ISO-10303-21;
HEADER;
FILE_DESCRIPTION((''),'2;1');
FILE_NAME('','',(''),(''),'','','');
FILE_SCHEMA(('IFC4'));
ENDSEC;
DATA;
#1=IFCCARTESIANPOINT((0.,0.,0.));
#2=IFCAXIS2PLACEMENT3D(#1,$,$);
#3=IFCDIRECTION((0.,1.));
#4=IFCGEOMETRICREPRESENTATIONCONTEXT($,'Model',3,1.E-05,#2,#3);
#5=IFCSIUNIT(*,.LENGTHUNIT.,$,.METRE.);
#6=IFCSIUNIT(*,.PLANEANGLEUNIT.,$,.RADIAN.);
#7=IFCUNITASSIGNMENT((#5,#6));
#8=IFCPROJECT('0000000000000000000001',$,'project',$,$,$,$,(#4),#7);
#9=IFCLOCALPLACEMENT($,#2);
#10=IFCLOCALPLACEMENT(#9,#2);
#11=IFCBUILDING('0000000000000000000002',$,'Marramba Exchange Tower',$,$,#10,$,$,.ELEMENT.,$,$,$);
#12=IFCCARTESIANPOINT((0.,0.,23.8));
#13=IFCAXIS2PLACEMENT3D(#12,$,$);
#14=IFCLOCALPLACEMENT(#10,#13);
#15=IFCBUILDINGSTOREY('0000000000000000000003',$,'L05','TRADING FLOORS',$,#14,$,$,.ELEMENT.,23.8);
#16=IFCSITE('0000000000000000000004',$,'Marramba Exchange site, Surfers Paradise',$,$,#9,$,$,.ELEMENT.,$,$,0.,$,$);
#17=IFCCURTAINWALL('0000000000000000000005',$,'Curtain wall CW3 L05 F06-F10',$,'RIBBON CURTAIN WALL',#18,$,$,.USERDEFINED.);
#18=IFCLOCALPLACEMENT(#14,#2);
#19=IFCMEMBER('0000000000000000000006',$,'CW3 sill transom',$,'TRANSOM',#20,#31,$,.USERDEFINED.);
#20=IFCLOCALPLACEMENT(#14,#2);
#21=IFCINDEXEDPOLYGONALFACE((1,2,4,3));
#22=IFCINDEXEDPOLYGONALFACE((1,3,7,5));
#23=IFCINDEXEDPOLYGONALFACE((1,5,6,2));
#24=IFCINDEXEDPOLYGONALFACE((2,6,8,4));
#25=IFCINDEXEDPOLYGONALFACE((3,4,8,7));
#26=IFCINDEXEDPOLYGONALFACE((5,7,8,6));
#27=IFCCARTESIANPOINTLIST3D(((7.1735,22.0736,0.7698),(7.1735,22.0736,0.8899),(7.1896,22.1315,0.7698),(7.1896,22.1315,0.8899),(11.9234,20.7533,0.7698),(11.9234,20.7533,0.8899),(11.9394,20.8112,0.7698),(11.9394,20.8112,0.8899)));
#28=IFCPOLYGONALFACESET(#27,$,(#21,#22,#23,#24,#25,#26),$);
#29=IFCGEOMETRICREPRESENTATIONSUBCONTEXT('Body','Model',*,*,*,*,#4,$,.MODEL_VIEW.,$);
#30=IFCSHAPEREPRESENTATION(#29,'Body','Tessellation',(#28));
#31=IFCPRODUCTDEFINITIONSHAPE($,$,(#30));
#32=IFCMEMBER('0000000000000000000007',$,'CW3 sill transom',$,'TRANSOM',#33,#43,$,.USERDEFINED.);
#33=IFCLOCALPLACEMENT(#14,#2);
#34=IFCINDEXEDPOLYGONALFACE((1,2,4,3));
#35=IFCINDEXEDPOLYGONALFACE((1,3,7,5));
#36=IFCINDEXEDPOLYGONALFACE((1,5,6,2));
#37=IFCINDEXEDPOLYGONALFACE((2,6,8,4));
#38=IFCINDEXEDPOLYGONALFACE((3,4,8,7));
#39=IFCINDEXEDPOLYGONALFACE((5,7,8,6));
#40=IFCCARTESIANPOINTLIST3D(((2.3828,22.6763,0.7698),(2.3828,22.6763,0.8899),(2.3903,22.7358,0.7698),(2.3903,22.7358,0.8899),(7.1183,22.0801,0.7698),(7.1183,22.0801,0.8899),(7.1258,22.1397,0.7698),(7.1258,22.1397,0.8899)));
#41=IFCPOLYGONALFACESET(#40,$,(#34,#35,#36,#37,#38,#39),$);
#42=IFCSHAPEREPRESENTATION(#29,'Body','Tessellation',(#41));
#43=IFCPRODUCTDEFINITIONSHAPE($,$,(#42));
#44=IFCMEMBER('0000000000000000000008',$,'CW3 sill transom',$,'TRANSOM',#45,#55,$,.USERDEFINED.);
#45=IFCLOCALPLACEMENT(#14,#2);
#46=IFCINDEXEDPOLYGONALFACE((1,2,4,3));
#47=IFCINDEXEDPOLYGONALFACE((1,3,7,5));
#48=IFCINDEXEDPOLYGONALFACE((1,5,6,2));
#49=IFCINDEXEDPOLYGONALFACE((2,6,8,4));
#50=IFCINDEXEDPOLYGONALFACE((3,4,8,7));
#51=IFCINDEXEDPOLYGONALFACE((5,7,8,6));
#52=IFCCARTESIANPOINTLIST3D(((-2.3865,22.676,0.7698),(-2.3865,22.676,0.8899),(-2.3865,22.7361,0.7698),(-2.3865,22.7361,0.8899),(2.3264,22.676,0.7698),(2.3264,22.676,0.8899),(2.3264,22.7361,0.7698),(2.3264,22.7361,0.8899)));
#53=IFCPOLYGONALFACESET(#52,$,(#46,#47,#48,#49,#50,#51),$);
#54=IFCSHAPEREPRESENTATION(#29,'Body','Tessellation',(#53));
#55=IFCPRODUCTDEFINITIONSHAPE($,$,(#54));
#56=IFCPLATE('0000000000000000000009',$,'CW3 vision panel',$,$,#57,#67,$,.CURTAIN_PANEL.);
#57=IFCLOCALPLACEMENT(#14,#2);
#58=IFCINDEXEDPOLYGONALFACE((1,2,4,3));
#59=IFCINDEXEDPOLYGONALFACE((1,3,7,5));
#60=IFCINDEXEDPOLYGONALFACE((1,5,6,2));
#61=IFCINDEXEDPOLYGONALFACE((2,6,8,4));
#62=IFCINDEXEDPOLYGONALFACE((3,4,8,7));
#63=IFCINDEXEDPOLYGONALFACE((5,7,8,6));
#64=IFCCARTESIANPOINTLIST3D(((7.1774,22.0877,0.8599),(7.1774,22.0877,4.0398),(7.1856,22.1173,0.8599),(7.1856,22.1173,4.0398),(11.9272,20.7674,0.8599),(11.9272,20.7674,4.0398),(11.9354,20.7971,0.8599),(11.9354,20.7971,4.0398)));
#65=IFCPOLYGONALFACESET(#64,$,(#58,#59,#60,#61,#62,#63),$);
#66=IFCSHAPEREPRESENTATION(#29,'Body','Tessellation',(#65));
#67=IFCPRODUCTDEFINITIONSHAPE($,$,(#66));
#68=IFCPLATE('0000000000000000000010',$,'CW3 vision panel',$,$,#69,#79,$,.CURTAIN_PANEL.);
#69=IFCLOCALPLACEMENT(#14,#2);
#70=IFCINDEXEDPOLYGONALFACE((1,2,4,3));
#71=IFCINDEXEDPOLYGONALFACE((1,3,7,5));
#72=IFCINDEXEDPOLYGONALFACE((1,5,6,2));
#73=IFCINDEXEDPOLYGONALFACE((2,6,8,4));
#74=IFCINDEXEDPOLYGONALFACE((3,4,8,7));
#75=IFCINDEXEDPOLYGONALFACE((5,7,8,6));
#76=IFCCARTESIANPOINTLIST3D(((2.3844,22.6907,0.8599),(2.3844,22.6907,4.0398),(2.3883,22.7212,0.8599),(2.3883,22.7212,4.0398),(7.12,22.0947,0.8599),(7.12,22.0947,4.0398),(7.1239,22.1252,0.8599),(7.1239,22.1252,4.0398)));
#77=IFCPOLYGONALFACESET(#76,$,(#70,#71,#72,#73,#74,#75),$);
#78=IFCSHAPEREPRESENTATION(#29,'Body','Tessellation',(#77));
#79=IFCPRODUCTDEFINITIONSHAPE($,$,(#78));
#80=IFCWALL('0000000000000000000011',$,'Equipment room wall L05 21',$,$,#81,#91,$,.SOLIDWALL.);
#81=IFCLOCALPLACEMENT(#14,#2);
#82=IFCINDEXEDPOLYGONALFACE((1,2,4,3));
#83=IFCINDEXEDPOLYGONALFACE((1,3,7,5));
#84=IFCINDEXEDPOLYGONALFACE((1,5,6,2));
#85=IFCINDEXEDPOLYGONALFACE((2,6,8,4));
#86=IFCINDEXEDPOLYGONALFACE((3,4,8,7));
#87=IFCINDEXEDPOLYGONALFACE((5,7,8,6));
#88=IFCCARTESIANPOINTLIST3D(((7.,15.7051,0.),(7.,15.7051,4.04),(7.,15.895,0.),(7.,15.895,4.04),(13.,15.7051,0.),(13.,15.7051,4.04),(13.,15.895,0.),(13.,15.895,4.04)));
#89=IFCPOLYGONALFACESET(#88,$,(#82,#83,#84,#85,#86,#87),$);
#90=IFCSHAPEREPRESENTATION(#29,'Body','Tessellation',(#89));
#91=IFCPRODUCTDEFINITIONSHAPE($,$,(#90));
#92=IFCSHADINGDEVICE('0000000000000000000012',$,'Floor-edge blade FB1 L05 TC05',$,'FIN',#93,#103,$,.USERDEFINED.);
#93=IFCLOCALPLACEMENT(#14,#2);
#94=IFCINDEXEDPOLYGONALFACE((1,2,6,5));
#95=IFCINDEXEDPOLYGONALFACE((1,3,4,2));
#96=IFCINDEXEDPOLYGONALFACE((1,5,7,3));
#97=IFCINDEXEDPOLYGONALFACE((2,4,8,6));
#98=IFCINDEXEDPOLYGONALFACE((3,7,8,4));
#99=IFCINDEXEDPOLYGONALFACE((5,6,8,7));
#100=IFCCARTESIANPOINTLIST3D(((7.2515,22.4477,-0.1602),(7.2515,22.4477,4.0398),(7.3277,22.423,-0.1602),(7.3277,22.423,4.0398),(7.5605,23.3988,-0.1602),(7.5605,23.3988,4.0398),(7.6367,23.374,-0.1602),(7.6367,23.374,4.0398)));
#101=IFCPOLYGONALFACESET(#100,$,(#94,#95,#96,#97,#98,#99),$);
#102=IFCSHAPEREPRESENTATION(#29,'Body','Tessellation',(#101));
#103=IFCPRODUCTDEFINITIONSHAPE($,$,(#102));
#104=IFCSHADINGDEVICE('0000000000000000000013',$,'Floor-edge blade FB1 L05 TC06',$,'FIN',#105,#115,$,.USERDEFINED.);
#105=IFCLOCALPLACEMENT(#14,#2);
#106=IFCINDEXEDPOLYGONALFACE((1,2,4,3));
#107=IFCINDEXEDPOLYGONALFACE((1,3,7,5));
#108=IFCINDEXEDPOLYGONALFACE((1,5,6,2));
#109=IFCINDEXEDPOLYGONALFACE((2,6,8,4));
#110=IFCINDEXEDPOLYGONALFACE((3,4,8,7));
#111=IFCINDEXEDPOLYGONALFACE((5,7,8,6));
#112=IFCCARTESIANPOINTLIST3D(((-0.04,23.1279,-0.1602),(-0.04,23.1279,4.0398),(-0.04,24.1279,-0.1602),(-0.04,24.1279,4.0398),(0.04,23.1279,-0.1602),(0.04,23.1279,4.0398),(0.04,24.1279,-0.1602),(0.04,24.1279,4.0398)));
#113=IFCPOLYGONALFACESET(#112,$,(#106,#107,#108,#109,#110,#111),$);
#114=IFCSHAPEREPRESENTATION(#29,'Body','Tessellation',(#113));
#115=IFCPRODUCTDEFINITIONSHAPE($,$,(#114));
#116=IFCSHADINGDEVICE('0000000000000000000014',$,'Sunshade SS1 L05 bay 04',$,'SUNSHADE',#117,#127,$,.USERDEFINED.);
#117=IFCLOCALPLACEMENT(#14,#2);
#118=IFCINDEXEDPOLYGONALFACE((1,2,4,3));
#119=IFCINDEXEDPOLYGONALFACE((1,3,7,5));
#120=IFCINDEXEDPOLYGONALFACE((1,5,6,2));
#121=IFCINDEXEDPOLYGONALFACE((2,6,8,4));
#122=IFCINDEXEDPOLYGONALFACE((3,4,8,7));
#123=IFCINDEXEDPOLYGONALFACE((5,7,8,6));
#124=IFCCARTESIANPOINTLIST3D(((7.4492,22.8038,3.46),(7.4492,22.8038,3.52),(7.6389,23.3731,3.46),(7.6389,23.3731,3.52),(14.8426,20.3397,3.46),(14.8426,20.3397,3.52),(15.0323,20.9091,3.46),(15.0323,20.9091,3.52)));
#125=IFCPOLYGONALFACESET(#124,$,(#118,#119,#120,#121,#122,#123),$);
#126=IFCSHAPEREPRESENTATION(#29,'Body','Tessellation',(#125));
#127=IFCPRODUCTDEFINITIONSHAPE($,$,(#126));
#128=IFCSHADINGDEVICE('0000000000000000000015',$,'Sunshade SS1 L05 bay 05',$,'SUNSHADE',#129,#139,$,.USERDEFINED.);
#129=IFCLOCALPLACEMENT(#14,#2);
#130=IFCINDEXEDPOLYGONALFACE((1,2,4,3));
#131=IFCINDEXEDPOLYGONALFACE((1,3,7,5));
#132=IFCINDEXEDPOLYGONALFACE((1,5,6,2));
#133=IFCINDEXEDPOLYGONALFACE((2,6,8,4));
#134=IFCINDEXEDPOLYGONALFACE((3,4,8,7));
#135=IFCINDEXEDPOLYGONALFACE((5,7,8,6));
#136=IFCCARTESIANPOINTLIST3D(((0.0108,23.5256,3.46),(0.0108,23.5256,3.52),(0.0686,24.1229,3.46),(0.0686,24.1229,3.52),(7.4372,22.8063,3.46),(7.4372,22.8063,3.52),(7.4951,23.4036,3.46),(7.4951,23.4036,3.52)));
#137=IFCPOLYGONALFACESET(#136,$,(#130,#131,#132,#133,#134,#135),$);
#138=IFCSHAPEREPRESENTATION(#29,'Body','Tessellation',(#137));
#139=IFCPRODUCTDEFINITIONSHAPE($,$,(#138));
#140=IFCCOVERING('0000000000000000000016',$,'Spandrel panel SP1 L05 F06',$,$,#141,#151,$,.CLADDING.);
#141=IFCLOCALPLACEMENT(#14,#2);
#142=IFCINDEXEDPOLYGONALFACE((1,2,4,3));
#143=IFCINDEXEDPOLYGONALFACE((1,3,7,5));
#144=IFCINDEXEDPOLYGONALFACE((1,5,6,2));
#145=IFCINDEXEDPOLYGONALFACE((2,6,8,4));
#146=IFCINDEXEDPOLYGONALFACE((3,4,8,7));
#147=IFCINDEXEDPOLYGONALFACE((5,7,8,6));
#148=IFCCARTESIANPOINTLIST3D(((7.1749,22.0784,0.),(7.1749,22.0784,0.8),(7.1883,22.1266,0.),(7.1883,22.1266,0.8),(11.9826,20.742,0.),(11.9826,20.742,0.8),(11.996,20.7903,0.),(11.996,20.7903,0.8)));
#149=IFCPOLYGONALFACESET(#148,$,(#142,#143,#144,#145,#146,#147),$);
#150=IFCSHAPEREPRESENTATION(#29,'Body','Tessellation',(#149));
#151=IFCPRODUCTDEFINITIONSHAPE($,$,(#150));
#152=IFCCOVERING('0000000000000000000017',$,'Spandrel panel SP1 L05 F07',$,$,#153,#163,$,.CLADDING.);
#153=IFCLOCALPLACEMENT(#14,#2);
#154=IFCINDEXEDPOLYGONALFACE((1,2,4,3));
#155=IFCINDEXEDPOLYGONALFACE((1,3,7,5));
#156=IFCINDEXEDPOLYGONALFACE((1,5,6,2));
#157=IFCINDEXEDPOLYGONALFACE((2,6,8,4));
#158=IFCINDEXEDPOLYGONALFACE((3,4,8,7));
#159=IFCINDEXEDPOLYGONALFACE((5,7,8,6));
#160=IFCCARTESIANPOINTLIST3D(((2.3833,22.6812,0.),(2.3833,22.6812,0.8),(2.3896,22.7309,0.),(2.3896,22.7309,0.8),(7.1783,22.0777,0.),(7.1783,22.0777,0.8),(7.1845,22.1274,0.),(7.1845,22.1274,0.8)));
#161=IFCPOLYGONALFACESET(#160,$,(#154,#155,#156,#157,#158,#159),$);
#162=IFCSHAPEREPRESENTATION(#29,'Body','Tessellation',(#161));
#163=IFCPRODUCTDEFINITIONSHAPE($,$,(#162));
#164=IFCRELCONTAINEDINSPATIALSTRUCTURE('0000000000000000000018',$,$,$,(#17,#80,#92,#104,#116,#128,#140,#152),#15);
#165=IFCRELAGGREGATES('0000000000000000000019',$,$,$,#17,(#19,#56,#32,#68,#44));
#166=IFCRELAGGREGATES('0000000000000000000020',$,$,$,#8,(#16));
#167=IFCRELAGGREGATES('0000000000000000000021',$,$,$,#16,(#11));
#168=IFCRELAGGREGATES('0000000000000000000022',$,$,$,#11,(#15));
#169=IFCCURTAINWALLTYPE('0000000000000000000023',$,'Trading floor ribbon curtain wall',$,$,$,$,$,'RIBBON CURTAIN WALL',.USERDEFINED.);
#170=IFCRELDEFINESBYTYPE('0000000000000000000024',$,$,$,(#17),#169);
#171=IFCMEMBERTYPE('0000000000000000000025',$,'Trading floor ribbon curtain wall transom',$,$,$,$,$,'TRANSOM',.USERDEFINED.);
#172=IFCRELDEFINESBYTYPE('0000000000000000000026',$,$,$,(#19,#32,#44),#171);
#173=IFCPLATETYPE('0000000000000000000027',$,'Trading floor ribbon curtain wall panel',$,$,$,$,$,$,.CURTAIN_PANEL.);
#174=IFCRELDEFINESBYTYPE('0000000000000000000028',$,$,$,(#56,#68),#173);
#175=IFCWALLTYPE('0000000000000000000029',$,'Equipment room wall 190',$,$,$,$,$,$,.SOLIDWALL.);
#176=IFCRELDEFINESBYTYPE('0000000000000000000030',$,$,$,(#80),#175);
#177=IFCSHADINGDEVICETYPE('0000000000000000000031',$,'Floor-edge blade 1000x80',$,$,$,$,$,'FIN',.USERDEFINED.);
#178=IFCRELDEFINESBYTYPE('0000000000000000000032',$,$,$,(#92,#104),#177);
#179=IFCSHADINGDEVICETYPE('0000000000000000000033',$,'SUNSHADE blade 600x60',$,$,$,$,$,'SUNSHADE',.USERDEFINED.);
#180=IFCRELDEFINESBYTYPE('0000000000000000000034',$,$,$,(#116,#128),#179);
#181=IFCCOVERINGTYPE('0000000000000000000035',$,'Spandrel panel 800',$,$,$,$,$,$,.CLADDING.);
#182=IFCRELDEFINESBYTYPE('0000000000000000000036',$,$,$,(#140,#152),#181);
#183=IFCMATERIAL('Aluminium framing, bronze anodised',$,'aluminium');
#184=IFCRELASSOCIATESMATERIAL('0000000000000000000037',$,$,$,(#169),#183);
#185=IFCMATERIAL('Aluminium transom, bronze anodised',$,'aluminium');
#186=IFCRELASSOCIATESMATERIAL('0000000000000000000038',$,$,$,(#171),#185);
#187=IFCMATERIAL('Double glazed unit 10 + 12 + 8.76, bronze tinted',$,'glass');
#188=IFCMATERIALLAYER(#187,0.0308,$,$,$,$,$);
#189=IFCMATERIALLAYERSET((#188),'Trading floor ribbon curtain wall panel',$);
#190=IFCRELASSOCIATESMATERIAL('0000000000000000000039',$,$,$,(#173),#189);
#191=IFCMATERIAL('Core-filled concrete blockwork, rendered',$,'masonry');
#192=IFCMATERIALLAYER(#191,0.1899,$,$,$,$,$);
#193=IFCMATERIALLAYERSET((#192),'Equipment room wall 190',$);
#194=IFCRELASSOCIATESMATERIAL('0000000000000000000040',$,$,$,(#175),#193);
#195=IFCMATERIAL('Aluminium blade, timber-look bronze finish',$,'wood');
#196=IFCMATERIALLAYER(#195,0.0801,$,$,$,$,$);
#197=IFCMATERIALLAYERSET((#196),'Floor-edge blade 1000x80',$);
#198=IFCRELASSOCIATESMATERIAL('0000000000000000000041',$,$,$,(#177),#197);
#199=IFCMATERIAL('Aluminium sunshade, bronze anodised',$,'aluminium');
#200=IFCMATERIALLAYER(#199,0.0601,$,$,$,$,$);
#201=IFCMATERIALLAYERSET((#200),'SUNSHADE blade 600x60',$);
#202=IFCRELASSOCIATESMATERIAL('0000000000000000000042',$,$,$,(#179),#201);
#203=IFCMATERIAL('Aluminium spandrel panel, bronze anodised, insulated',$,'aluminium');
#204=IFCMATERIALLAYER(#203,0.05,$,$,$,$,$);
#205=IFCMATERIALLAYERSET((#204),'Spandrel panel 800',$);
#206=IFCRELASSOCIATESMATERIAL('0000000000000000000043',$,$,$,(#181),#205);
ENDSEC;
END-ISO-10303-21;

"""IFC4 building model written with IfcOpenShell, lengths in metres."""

from ifc_helpers import new_model, si_unit, direction, frame, frame_2d, origin, origin_2d, place, context, subcontext, project, spatial, rectangle, extrude, material, layer, layer_set, material_profile, profile_set, type_object, element, aggregate, save


model = new_model("IFC4")

# Units and contexts
model_context = context("Model", 3, precision=1e-05, world=origin(), true_north=direction((0.0, 1.0)))
body_context = subcontext(model_context, "Body", "Model", "MODEL_VIEW")
ifc_project = project(units=[si_unit("LENGTHUNIT", "METRE"), si_unit("PLANEANGLEUNIT", "RADIAN")], contexts=[model_context])

# Site, building, storey
site_placement = place(None, origin())
site = spatial("IfcSite", under=ifc_project, at=site_placement, Name="Marramba Exchange site, Surfers Paradise", CompositionType="ELEMENT", RefElevation=0.0)
building_placement = place(site_placement, origin())
building = spatial("IfcBuilding", under=site, at=building_placement, Name="Marramba Exchange Tower", CompositionType="ELEMENT")
storey_placement = place(building_placement, frame((0.0, 0.0, 23.8)))
storey = spatial("IfcBuildingStorey", under=building, at=storey_placement, Name="L05", Description="TRADING FLOORS", CompositionType="ELEMENT", Elevation=23.8)

# Curtain wall, members, plates
ifc_material_1 = material(Name="Aluminium framing, bronze anodised", Category="aluminium")
curtain_wall_type = type_object("IfcCurtainWallType", Name="Trading floor ribbon curtain wall", ElementType="RIBBON CURTAIN WALL", PredefinedType="USERDEFINED", material=ifc_material_1)
curtain_wall_placement = place(storey_placement, origin())
curtain_wall = element("IfcCurtainWall", 1, at=curtain_wall_placement, inside=storey, type_object=curtain_wall_type, Name="Curtain wall CW3 L05 F06-F10", ObjectType="RIBBON CURTAIN WALL", PredefinedType="USERDEFINED")
ifc_material_2 = material(Name="Aluminium transom, bronze anodised", Category="aluminium")
ifc_material_profile_1 = material_profile(ifc_material_2, rectangle(XDim=0.0601, YDim=0.1201, at=origin_2d()), Name="CW3 transom 60x120")
ifc_profile_set_1 = profile_set([ifc_material_profile_1], Name="Aluminium transom, bronze anodised")
member_type_1 = type_object("IfcMemberType", Name="Trading floor ribbon curtain wall transom", ElementType="TRANSOM", PredefinedType="USERDEFINED", material=ifc_profile_set_1)
member_1_placement = place(storey_placement, frame((11.9314, 20.7822, 0.8298), z_axis=(-0.963469, 0.26782, 0.0), x_axis=(-0.26782, -0.963469, 0.0)))
member_1 = element("IfcMember", 2, at=member_1_placement, type_object=member_type_1, Name="CW3 sill transom", ObjectType="TRANSOM", PredefinedType="USERDEFINED", context=body_context, shape_type="SweptSolid", body=[
    extrude(rectangle(XDim=0.0601, YDim=0.1201, at=origin_2d()), origin(), (0.0, 0.0, 1.0), 4.9299),
])
member_2_placement = place(storey_placement, frame((7.1221, 22.1099, 0.8298), z_axis=(-0.992168, 0.12491, 0.0), x_axis=(-0.12491, -0.992168, 0.0)))
member_2 = element("IfcMember", 3, at=member_2_placement, type_object=member_type_1, Name="CW3 sill transom", ObjectType="TRANSOM", PredefinedType="USERDEFINED", context=body_context, shape_type="SweptSolid", body=[
    extrude(rectangle(XDim=0.0601, YDim=0.1201, at=origin_2d()), origin(), (0.0, 0.0, 1.0), 4.7729),
])
member_3_placement = place(storey_placement, frame((2.3264, 22.7061, 0.8298), z_axis=(-1.0, 0.0, 0.0), x_axis=(0.0, -1.0, 0.0)))
member_3 = element("IfcMember", 4, at=member_3_placement, type_object=member_type_1, Name="CW3 sill transom", ObjectType="TRANSOM", PredefinedType="USERDEFINED", context=body_context, shape_type="SweptSolid", body=[
    extrude(rectangle(XDim=0.0601, YDim=0.1201, at=origin_2d()), origin(), (0.0, 0.0, 1.0), 4.7129),
])
ifc_material_3 = material(Name="Double glazed unit 10 + 12 + 8.76, bronze tinted", Category="glass")
ifc_layer_1 = layer(ifc_material_3, 0.0308)
ifc_layer_set_1 = layer_set([ifc_layer_1], Name="Trading floor ribbon curtain wall panel")
plate_type = type_object("IfcPlateType", Name="Trading floor ribbon curtain wall panel", PredefinedType="CURTAIN_PANEL", material=ifc_layer_set_1)
plate_1_placement = place(storey_placement, frame((9.5564, 21.4424, 0.8599), z_axis=(0.0, 0.0, 1.0), x_axis=(-0.963472, 0.267809, 0.0)))
plate_1 = element("IfcPlate", 5, at=plate_1_placement, type_object=plate_type, Name="CW3 vision panel", PredefinedType="CURTAIN_PANEL", context=body_context, shape_type="SweptSolid", body=[
    extrude(rectangle(XDim=4.9299, YDim=0.0308, at=origin_2d()), origin(), (0.0, 0.0, 1.0), 3.1799),
])
plate_2_placement = place(storey_placement, frame((4.7542, 22.408, 0.8599), z_axis=(0.0, 0.0, 1.0), x_axis=(-0.992173, 0.124873, 0.0)))
plate_2 = element("IfcPlate", 6, at=plate_2_placement, type_object=plate_type, Name="CW3 vision panel", PredefinedType="CURTAIN_PANEL", context=body_context, shape_type="SweptSolid", body=[
    extrude(rectangle(XDim=4.7729, YDim=0.0308, at=origin_2d()), origin(), (0.0, 0.0, 1.0), 3.1799),
])
aggregate(curtain_wall, [member_1, plate_1, member_2, plate_2, member_3])

# Wall
ifc_material_4 = material(Name="Core-filled concrete blockwork, rendered", Category="masonry")
ifc_layer_2 = layer(ifc_material_4, 0.1899)
ifc_layer_set_2 = layer_set([ifc_layer_2], Name="Equipment room wall 190")
wall_type = type_object("IfcWallType", Name="Equipment room wall 190", PredefinedType="SOLIDWALL", material=ifc_layer_set_2)
wall_placement = place(storey_placement, frame((7.0, 15.8, 0.0), z_axis=(0.0, 0.0, 1.0), x_axis=(1.0, 0.0, 0.0)))
element("IfcWall", 7, at=wall_placement, inside=storey, type_object=wall_type, Name="Equipment room wall L05 21", PredefinedType="SOLIDWALL", context=body_context, shape_type="SweptSolid", body=[
    extrude(rectangle(XDim=6.0, YDim=0.1899, at=frame_2d((3.0, 0.0))), origin(), (0.0, 0.0, 1.0), 4.04),
])

# Shading devices
ifc_material_5 = material(Name="Aluminium blade, timber-look bronze finish", Category="wood")
ifc_layer_3 = layer(ifc_material_5, 0.0801)
ifc_layer_set_3 = layer_set([ifc_layer_3], Name="Floor-edge blade 1000x80")
shading_device_type_1 = type_object("IfcShadingDeviceType", Name="Floor-edge blade 1000x80", ElementType="FIN", PredefinedType="USERDEFINED", material=ifc_layer_set_3)
for number, where, z_axis, x_axis, name in (
    (8, (7.4441, 22.9109, -0.1602), (0.0, 0.0, 1.0), (0.309017, 0.951057, 0.0), "Floor-edge blade FB1 L05 TC05"),
    (9, (0.0, 23.6279, -0.1602), (0.0, 0.0, 1.0), (0.0, 1.0, 0.0), "Floor-edge blade FB1 L05 TC06"),
):
    element("IfcShadingDevice", number, at=place(storey_placement, frame(where, z_axis=z_axis, x_axis=x_axis)), inside=storey, type_object=shading_device_type_1, Name=name, ObjectType="FIN", PredefinedType="USERDEFINED", context=body_context, shape_type="SweptSolid", body=[
        extrude(rectangle(XDim=1.0, YDim=0.0801, at=origin_2d()), origin(), (0.0, 0.0, 1.0), 4.2),
    ])
ifc_material_6 = material(Name="Aluminium sunshade, bronze anodised", Category="aluminium")
ifc_layer_4 = layer(ifc_material_6, 0.0601)
ifc_layer_set_4 = layer_set([ifc_layer_4], Name="SUNSHADE blade 600x60")
shading_device_type_2 = type_object("IfcShadingDeviceType", Name="SUNSHADE blade 600x60", ElementType="SUNSHADE", PredefinedType="USERDEFINED", material=ifc_layer_set_4)
shading_device_1_placement = place(storey_placement, frame((11.2407, 21.8564, 3.46), z_axis=(0.0, 0.0, 1.0), x_axis=(-0.948698, 0.316184, 0.0)))
element("IfcShadingDevice", 10, at=shading_device_1_placement, inside=storey, type_object=shading_device_type_2, Name="Sunshade SS1 L05 bay 04", ObjectType="SUNSHADE", PredefinedType="USERDEFINED", context=body_context, shape_type="SweptSolid", body=[
    extrude(rectangle(XDim=7.7932, YDim=0.6001, at=origin_2d()), origin(), (0.0, 0.0, 1.0), 0.0601),
])
shading_device_2_placement = place(storey_placement, frame((3.7529, 23.4646, 3.46), z_axis=(0.0, 0.0, 1.0), x_axis=(-0.995343, 0.096398, 0.0)))
element("IfcShadingDevice", 11, at=shading_device_2_placement, inside=storey, type_object=shading_device_type_2, Name="Sunshade SS1 L05 bay 05", ObjectType="SUNSHADE", PredefinedType="USERDEFINED", context=body_context, shape_type="SweptSolid", body=[
    extrude(rectangle(XDim=7.4612, YDim=0.6001, at=origin_2d()), origin(), (0.0, 0.0, 1.0), 0.0601),
])

# Coverings
ifc_material_7 = material(Name="Aluminium spandrel panel, bronze anodised, insulated", Category="aluminium")
ifc_layer_5 = layer(ifc_material_7, 0.05)
ifc_layer_set_5 = layer_set([ifc_layer_5], Name="Spandrel panel 800")
covering_type = type_object("IfcCoveringType", Name="Spandrel panel 800", PredefinedType="CLADDING", material=ifc_layer_set_5)
covering_1_placement = place(storey_placement, frame((9.5854, 21.4343, 0.0), z_axis=(0.0, 0.0, 1.0), x_axis=(-0.963472, 0.267809, 0.0)))
element("IfcCovering", 12, at=covering_1_placement, inside=storey, type_object=covering_type, Name="Spandrel panel SP1 L05 F06", PredefinedType="CLADDING", context=body_context, shape_type="SweptSolid", body=[
    extrude(rectangle(XDim=4.99, YDim=0.05, at=origin_2d()), origin(), (0.0, 0.0, 1.0), 0.8),
])
covering_2_placement = place(storey_placement, frame((4.7839, 22.4043, 0.0), z_axis=(0.0, 0.0, 1.0), x_axis=(-0.992173, 0.124873, 0.0)))
element("IfcCovering", 13, at=covering_2_placement, inside=storey, type_object=covering_type, Name="Spandrel panel SP1 L05 F07", PredefinedType="CLADDING", context=body_context, shape_type="SweptSolid", body=[
    extrude(rectangle(XDim=4.8328, YDim=0.05, at=origin_2d()), origin(), (0.0, 0.0, 1.0), 0.8),
])

save(model, "model.ifc")
